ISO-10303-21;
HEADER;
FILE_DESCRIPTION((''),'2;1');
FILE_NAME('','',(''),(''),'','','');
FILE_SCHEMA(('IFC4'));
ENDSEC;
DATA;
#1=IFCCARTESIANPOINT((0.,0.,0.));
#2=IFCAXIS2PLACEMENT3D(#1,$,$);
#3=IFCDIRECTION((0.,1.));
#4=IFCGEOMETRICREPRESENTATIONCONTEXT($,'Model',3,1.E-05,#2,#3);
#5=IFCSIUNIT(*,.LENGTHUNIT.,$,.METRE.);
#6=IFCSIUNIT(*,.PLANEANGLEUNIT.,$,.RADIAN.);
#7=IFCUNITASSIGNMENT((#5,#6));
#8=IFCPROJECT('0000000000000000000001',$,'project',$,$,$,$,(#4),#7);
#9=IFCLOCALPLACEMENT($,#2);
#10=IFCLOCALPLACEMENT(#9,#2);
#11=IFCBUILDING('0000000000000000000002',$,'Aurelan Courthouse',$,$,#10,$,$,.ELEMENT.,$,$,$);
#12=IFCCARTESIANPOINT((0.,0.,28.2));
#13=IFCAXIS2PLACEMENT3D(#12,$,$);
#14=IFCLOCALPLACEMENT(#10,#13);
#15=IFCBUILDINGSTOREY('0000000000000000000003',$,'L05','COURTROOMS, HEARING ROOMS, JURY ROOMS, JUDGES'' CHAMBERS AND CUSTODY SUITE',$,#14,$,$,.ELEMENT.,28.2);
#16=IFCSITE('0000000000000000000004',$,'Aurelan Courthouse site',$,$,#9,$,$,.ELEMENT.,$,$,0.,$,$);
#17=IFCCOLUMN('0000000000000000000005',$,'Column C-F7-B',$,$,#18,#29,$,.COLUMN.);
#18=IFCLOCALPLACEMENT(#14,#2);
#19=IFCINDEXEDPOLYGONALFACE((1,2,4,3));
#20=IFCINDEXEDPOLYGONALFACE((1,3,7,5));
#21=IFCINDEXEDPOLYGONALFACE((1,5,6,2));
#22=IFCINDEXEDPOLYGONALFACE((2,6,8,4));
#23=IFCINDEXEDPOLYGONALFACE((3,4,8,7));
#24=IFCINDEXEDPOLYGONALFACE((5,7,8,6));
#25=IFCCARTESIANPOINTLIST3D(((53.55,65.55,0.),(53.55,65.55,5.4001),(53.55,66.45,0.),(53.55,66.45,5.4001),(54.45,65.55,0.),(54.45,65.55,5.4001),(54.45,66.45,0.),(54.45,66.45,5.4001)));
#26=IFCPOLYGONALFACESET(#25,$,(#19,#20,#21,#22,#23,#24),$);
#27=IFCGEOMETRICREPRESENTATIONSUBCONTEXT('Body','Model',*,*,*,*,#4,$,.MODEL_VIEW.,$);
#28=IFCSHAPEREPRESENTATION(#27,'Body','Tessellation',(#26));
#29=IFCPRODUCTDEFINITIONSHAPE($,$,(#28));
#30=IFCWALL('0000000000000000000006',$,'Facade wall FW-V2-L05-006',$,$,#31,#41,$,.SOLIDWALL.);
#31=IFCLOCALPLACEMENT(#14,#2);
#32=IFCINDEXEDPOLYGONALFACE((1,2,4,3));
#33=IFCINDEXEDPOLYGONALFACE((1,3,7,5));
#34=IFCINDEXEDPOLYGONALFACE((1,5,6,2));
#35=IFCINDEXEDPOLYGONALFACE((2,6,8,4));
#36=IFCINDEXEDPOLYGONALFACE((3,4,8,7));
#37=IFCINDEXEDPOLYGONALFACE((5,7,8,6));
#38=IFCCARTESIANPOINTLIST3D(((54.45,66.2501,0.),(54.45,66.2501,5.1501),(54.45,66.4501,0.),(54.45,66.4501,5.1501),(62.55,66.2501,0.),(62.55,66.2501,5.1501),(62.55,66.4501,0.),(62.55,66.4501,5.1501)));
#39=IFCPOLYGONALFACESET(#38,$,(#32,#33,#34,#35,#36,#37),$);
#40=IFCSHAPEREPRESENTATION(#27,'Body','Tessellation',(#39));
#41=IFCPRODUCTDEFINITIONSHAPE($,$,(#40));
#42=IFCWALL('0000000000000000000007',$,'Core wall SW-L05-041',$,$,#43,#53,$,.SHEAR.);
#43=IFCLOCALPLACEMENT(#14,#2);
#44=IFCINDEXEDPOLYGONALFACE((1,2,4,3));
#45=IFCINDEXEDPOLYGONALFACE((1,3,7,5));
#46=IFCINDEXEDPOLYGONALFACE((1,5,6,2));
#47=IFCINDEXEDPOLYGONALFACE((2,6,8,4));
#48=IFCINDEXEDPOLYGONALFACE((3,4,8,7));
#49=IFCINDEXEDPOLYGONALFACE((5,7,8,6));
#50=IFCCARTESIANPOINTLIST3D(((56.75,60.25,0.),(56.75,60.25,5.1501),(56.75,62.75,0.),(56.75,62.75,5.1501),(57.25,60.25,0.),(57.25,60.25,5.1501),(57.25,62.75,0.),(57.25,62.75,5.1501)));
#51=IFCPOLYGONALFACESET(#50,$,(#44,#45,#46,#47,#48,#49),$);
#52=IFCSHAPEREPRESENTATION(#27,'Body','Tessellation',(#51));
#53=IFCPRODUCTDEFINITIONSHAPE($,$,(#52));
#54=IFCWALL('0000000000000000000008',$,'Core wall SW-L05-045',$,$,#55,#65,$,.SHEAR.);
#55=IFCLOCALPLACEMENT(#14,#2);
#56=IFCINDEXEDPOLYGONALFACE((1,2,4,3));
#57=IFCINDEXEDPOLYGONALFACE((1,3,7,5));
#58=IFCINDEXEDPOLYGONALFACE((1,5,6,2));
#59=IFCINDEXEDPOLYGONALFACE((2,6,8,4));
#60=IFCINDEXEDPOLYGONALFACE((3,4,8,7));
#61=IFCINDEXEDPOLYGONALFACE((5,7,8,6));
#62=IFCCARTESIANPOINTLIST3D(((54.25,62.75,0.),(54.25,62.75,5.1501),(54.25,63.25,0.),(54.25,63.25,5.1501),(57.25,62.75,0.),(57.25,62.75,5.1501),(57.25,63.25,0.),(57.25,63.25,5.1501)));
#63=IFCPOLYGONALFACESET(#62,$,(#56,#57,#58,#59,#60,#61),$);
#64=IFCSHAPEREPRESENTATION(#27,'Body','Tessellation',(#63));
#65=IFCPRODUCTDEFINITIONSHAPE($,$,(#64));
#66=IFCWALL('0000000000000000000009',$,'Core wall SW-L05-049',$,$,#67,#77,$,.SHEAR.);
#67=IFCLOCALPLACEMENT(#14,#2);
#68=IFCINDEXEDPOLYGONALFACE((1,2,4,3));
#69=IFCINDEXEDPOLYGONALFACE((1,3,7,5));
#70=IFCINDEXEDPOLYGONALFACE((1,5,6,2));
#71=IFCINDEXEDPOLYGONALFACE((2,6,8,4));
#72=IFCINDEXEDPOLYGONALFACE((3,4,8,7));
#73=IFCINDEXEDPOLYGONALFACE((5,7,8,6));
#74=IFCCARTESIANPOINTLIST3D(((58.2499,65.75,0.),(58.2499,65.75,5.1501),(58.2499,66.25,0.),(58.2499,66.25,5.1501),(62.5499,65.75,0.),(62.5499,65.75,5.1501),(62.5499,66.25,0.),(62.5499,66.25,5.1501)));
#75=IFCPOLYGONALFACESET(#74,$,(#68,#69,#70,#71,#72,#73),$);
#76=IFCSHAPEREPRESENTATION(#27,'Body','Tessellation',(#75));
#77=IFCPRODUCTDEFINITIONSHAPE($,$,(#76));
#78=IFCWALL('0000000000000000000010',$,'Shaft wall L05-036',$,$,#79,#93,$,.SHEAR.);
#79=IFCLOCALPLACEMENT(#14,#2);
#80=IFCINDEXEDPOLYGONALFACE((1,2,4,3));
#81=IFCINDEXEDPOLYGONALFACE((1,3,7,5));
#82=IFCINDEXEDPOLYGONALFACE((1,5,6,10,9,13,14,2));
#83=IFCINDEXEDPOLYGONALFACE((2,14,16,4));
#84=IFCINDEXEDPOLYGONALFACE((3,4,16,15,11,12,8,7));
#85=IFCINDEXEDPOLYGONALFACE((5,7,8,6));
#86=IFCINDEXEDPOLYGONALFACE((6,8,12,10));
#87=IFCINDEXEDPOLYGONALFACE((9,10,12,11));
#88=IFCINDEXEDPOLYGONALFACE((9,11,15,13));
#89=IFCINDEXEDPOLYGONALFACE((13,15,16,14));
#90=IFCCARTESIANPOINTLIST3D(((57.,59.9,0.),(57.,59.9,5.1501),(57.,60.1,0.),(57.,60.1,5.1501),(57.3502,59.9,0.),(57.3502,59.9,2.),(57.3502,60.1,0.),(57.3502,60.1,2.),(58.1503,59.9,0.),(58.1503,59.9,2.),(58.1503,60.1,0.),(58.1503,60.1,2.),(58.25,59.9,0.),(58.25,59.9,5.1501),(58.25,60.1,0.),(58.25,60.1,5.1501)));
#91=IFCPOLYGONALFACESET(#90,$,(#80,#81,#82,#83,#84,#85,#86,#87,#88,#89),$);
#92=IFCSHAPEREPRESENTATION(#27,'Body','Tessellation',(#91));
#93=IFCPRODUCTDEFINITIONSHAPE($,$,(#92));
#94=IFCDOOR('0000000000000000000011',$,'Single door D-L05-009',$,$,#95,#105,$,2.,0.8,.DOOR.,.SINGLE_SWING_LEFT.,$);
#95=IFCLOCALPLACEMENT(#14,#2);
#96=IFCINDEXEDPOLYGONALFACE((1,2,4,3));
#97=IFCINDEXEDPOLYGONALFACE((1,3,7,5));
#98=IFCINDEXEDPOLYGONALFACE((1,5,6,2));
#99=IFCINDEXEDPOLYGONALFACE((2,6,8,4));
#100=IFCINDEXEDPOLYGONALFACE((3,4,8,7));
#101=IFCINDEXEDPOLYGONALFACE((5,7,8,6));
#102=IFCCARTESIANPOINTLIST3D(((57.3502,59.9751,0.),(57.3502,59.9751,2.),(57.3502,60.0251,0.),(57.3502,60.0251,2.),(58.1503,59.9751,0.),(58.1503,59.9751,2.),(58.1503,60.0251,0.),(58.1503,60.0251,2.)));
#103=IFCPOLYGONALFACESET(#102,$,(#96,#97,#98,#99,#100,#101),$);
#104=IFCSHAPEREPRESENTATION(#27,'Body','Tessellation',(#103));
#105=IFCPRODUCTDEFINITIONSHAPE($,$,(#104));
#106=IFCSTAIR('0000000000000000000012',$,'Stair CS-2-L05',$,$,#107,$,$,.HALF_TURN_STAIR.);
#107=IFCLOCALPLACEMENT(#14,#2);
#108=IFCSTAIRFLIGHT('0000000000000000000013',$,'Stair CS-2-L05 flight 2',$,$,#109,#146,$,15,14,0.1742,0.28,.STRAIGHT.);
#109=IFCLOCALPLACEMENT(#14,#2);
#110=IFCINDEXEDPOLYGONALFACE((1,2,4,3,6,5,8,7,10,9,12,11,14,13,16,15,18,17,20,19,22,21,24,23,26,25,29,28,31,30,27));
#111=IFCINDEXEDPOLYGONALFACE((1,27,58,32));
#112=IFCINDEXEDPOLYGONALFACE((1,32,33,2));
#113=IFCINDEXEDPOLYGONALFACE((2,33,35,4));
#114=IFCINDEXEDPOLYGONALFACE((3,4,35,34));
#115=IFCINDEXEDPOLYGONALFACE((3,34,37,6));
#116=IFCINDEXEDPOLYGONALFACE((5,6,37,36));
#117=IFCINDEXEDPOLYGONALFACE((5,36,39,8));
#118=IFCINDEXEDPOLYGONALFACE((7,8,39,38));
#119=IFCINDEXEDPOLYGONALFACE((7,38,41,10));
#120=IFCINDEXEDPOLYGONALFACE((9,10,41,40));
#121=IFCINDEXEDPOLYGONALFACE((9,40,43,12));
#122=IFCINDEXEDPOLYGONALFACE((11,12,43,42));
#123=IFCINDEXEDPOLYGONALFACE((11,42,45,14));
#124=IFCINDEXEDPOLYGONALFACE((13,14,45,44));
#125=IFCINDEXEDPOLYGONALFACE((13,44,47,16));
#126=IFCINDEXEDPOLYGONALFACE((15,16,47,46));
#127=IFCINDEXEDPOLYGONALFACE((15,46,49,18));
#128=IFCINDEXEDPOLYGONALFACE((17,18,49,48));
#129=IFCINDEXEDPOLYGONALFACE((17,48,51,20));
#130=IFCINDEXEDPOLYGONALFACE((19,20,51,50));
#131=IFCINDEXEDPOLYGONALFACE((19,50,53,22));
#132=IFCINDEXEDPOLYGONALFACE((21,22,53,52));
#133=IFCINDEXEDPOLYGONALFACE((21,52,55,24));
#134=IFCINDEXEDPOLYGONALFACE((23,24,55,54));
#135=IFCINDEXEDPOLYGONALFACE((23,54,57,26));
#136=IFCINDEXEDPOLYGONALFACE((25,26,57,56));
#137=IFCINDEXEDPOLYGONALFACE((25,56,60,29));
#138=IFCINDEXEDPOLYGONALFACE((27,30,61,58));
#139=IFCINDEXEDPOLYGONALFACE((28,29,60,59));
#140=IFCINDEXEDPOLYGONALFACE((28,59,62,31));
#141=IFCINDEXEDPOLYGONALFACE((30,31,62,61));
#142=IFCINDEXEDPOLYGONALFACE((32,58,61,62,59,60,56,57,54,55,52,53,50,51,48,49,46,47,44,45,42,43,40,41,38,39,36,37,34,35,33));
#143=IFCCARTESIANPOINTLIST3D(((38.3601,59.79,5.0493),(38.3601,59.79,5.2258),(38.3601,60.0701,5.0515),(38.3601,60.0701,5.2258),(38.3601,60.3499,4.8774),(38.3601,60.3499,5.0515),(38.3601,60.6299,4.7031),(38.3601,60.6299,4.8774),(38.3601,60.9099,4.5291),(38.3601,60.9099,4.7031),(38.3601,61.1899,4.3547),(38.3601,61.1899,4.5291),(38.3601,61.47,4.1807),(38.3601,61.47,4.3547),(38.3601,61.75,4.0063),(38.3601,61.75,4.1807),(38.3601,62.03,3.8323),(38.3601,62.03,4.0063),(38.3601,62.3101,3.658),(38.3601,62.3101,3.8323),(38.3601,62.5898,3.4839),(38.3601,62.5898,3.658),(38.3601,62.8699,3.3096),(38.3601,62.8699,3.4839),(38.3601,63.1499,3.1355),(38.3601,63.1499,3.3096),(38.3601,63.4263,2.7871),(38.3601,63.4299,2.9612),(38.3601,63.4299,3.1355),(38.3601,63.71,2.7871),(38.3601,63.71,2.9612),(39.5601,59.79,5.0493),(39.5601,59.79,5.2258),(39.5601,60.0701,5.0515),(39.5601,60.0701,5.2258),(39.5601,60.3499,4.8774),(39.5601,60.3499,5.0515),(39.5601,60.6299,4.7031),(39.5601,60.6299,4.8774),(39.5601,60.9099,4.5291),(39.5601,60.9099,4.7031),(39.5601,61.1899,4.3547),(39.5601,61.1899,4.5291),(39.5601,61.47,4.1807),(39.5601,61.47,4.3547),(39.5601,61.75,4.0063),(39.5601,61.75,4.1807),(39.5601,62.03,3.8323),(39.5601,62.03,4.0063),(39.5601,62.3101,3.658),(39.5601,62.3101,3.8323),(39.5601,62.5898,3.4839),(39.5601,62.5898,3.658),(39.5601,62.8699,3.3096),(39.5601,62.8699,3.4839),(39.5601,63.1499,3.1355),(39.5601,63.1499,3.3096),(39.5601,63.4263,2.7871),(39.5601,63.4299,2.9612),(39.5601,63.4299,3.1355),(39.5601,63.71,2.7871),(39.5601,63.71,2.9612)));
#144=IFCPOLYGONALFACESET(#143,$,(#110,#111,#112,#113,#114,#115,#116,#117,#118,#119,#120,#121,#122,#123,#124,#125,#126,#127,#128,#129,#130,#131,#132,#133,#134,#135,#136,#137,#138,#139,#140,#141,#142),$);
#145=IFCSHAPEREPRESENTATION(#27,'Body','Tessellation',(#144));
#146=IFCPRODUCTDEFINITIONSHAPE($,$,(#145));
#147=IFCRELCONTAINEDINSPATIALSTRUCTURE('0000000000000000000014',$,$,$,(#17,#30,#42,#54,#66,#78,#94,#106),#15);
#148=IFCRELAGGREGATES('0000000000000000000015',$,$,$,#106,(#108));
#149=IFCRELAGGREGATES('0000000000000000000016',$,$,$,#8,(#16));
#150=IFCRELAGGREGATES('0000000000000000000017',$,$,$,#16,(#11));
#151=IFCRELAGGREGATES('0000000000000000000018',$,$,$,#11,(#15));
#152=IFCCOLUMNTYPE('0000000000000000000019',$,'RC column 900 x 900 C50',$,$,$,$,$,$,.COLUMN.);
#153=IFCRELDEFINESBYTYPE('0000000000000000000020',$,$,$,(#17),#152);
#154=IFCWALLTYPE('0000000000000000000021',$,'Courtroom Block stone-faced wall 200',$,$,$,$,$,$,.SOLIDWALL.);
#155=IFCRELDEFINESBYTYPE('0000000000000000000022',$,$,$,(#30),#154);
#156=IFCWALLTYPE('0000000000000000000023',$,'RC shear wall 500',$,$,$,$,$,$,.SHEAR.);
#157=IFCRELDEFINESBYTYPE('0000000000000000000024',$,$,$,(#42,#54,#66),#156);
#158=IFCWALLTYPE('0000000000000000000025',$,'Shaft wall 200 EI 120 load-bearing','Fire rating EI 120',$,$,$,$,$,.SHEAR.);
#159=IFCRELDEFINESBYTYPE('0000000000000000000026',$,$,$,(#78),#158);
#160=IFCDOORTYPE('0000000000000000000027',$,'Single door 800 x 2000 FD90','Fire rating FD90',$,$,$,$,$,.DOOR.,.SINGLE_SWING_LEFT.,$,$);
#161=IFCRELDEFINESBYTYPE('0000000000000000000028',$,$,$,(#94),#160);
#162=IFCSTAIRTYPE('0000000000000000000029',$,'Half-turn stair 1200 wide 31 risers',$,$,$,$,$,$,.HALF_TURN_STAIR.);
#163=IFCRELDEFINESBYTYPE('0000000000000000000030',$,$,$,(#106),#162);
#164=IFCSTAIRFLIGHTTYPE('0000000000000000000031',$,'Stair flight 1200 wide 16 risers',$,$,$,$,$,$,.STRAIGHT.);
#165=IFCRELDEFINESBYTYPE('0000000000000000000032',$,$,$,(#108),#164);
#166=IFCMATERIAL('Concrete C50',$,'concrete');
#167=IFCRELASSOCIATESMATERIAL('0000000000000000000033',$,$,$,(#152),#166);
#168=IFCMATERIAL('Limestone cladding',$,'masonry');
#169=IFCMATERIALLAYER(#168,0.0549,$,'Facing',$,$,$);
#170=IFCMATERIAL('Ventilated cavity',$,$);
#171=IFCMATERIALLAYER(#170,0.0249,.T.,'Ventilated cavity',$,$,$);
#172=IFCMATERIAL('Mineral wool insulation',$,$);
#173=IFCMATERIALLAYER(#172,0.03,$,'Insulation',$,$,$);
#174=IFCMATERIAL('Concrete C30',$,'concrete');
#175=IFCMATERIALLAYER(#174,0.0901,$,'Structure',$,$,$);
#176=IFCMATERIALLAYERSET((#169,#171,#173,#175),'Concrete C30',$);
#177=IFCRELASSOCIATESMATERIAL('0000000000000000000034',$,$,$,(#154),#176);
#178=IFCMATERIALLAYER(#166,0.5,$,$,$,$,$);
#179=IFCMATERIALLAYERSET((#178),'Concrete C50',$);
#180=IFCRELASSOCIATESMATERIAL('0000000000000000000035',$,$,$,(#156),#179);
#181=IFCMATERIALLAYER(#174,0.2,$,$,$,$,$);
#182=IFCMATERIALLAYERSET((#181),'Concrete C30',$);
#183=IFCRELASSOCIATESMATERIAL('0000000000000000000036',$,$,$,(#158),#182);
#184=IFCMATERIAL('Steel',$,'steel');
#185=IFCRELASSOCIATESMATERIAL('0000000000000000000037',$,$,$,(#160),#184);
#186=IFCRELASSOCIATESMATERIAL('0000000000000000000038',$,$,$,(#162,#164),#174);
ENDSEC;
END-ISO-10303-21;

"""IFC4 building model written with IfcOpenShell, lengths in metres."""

from ifc_helpers import new_model, si_unit, direction, frame, frame_2d, origin, origin_2d, place, context, subcontext, project, spatial, polyline, rectangle, outline, extrude, material, layer, layer_set, material_profile, profile_set, type_object, element, fill, aggregate, save


model = new_model("IFC4")

# Units and contexts
model_context = context("Model", 3, precision=1e-05, world=origin(), true_north=direction((0.0, 1.0)))
body_context = subcontext(model_context, "Body", "Model", "MODEL_VIEW")
ifc_project = project(units=[si_unit("LENGTHUNIT", "METRE"), si_unit("PLANEANGLEUNIT", "RADIAN")], contexts=[model_context])

# Site, building, storey
site_placement = place(None, origin())
site = spatial("IfcSite", under=ifc_project, at=site_placement, Name="Aurelan Courthouse site", CompositionType="ELEMENT", RefElevation=0.0)
building_placement = place(site_placement, origin())
building = spatial("IfcBuilding", under=site, at=building_placement, Name="Aurelan Courthouse", CompositionType="ELEMENT")
storey_placement = place(building_placement, frame((0.0, 0.0, 28.2)))
storey = spatial("IfcBuildingStorey", under=building, at=storey_placement, Name="L05", Description="COURTROOMS, HEARING ROOMS, JURY ROOMS, JUDGES' CHAMBERS AND CUSTODY SUITE", CompositionType="ELEMENT", Elevation=28.2)

# Column
ifc_material_1 = material(Name="Concrete C50", Category="concrete")
ifc_material_profile = material_profile(ifc_material_1, rectangle(XDim=0.8999, YDim=0.8999, at=origin_2d()), Name="RC 900 x 900")
ifc_profile_set = profile_set([ifc_material_profile], Name="Concrete C50")
column_type = type_object("IfcColumnType", Name="RC column 900 x 900 C50", PredefinedType="COLUMN", material=ifc_profile_set)
column_placement = place(storey_placement, frame((54.0, 66.0, 0.0), z_axis=(0.0, 0.0, 1.0), x_axis=(1.0, 0.0, 0.0)))
element("IfcColumn", 1, at=column_placement, inside=storey, type_object=column_type, Name="Column C-F7-B", PredefinedType="COLUMN", context=body_context, shape_type="SweptSolid", body=[
    extrude(rectangle(XDim=0.8999, YDim=0.8999, at=origin_2d()), origin(), (0.0, 0.0, 1.0), 5.4001),
])

# Walls
ifc_material_2 = material(Name="Limestone cladding", Category="masonry")
ifc_layer_1 = layer(ifc_material_2, 0.0549, Name="Facing")
ifc_material_3 = material(Name="Ventilated cavity")
ifc_layer_2 = layer(ifc_material_3, 0.0249, ventilated=True, Name="Ventilated cavity")
ifc_material_4 = material(Name="Mineral wool insulation")
ifc_layer_3 = layer(ifc_material_4, 0.03, Name="Insulation")
ifc_material_5 = material(Name="Concrete C30", Category="concrete")
ifc_layer_4 = layer(ifc_material_5, 0.0901, Name="Structure")
ifc_layer_set_1 = layer_set([ifc_layer_1, ifc_layer_2, ifc_layer_3, ifc_layer_4], Name="Concrete C30")
wall_type_1 = type_object("IfcWallType", Name="Courtroom Block stone-faced wall 200", PredefinedType="SOLIDWALL", material=ifc_layer_set_1)
wall_1_placement = place(storey_placement, frame((54.45, 66.3501, 0.0), z_axis=(0.0, 0.0, 1.0), x_axis=(1.0, 0.0, 0.0)))
element("IfcWall", 2, at=wall_1_placement, inside=storey, type_object=wall_type_1, Name="Facade wall FW-V2-L05-006", PredefinedType="SOLIDWALL", context=body_context, shape_type="SweptSolid", body=[
    extrude(rectangle(XDim=8.1001, YDim=0.2, at=frame_2d((4.05, 0.0))), origin(), (0.0, 0.0, 1.0), 5.1501),
])
ifc_layer_5 = layer(ifc_material_1, 0.5)
ifc_layer_set_2 = layer_set([ifc_layer_5], Name="Concrete C50")
wall_type_2 = type_object("IfcWallType", Name="RC shear wall 500", PredefinedType="SHEAR", material=ifc_layer_set_2)
wall_2_placement = place(storey_placement, frame((57.0, 60.25, 0.0), z_axis=(0.0, 0.0, 1.0), x_axis=(0.0, 1.0, 0.0)))
element("IfcWall", 3, at=wall_2_placement, inside=storey, type_object=wall_type_2, Name="Core wall SW-L05-041", PredefinedType="SHEAR", context=body_context, shape_type="SweptSolid", body=[
    extrude(rectangle(XDim=2.5, YDim=0.5, at=frame_2d((1.25, 0.0))), origin(), (0.0, 0.0, 1.0), 5.1501),
])
wall_3_placement = place(storey_placement, frame((54.25, 63.0, 0.0), z_axis=(0.0, 0.0, 1.0), x_axis=(1.0, 0.0, 0.0)))
element("IfcWall", 4, at=wall_3_placement, inside=storey, type_object=wall_type_2, Name="Core wall SW-L05-045", PredefinedType="SHEAR", context=body_context, shape_type="SweptSolid", body=[
    extrude(rectangle(XDim=3.0, YDim=0.5, at=frame_2d((1.5, 0.0))), origin(), (0.0, 0.0, 1.0), 5.1501),
])
wall_4_placement = place(storey_placement, frame((58.25, 66.0, 0.0), z_axis=(0.0, 0.0, 1.0), x_axis=(1.0, 0.0, 0.0)))
element("IfcWall", 5, at=wall_4_placement, inside=storey, type_object=wall_type_2, Name="Core wall SW-L05-049", PredefinedType="SHEAR", context=body_context, shape_type="SweptSolid", body=[
    extrude(rectangle(XDim=4.3, YDim=0.5, at=frame_2d((2.1499, 0.0))), origin(), (0.0, 0.0, 1.0), 5.1501),
])

# Wall, opening, door
ifc_layer_6 = layer(ifc_material_5, 0.2)
ifc_layer_set_3 = layer_set([ifc_layer_6], Name="Concrete C30")
wall_type_3 = type_object("IfcWallType", Name="Shaft wall 200 EI 120 load-bearing", Description="Fire rating EI 120", PredefinedType="SHEAR", material=ifc_layer_set_3)
wall_5_placement = place(storey_placement, frame((57.0, 60.0, 0.0), z_axis=(0.0, 0.0, 1.0), x_axis=(1.0, 0.0, 0.0)))
wall_5 = element("IfcWall", 6, at=wall_5_placement, inside=storey, type_object=wall_type_3, Name="Shaft wall L05-036", PredefinedType="SHEAR", context=body_context, shape_type="SweptSolid", body=[
    extrude(rectangle(XDim=1.25, YDim=0.2, at=frame_2d((0.625, 0.0))), origin(), (0.0, 0.0, 1.0), 5.1501),
])
opening_placement = place(wall_5_placement, frame((1.1501, 0.0, 0.0), z_axis=(0.0, 0.0, 1.0), x_axis=(-1.0, 0.0, 0.0)))
opening = element("IfcOpeningElement", 7, at=opening_placement, cuts=wall_5, PredefinedType="OPENING", context=body_context, shape_type="SweptSolid", body=[
    extrude(rectangle(XDim=0.8, YDim=2.0, at=frame_2d((0.3999, 1.0))), frame((0.0, 0.1099, 0.0), z_axis=(0.0, -1.0, 0.0), x_axis=(1.0, 0.0, 0.0)), (0.0, 0.0, 1.0), 0.22),
])
ifc_material_6 = material(Name="Steel", Category="steel")
door_type = type_object("IfcDoorType", Name="Single door 800 x 2000 FD90", Description="Fire rating FD90", OperationType="SINGLE_SWING_LEFT", PredefinedType="DOOR", material=ifc_material_6)
door_placement = place(opening_placement, origin())
door = element("IfcDoor", 8, at=door_placement, inside=storey, type_object=door_type, Name="Single door D-L05-009", OperationType="SINGLE_SWING_LEFT", OverallHeight=2.0, OverallWidth=0.8, PredefinedType="DOOR", context=body_context, shape_type="SweptSolid", body=[
    extrude(rectangle(XDim=0.8, YDim=2.0, at=frame_2d((0.3999, 1.0))), frame((0.0, 0.0249, 0.0), z_axis=(0.0, -1.0, 0.0), x_axis=(1.0, 0.0, 0.0)), (0.0, 0.0, 1.0), 0.05),
])
fill(opening, door)

# Stair, stair flight
stair_type_1 = type_object("IfcStairType", Name="Half-turn stair 1200 wide 31 risers", PredefinedType="HALF_TURN_STAIR", material=ifc_material_5)
stair_1_placement = place(storey_placement, origin())
stair_1 = element("IfcStair", 9, at=stair_1_placement, inside=storey, type_object=stair_type_1, Name="Stair CS-2-L05", PredefinedType="HALF_TURN_STAIR")
stair_flight_type_1 = type_object("IfcStairFlightType", Name="Stair flight 1200 wide 16 risers", PredefinedType="STRAIGHT", material=ifc_material_5)
stair_flight_1_placement = place(storey_placement, frame((38.96, 63.71, 2.7871), z_axis=(0.0, 0.0, 1.0), x_axis=(0.0, -1.0, 0.0)))
stair_flight_1 = element("IfcStairFlight", 10, at=stair_flight_1_placement, type_object=stair_flight_type_1, Name="Stair CS-2-L05 flight 2", NumberOfRisers=15, NumberOfTreads=14, PredefinedType="STRAIGHT", RiserHeight=0.1742, TreadLength=0.28, context=body_context, shape_type="SweptSolid", body=[
    extrude(outline(polyline([(0.0, 0.0), (0.0, 0.1741), (0.28, 0.1741), (0.28, 0.3484), (0.5601, 0.3484), (0.5601, 0.5225), (0.8401, 0.5225), (0.8401, 0.6968), (1.1201, 0.6968), (1.1201, 0.8708), (1.3999, 0.8708), (1.3999, 1.0452), (1.6799, 1.0452), (1.6799, 1.2192), (1.96, 1.2192), (1.96, 1.3936), (2.24, 1.3936), (2.24, 1.5676), (2.52, 1.5676), (2.52, 1.7419), (2.8, 1.7419), (2.8, 1.916), (3.0801, 1.916), (3.0801, 2.0903), (3.3601, 2.0903), (3.3601, 2.2644), (3.6399, 2.2644), (3.6399, 2.4387), (3.9199, 2.4387), (3.9199, 2.6128), (3.9199, 2.2622), (0.2837, 0.0), (0.0, 0.0)])), frame((0.0, 0.6001, 0.0), z_axis=(0.0, -1.0, 0.0), x_axis=(1.0, 0.0, 0.0)), (0.0, 0.0, 1.0), 1.2),
])
aggregate(stair_1, [stair_flight_1])

save(model, "model.ifc")
